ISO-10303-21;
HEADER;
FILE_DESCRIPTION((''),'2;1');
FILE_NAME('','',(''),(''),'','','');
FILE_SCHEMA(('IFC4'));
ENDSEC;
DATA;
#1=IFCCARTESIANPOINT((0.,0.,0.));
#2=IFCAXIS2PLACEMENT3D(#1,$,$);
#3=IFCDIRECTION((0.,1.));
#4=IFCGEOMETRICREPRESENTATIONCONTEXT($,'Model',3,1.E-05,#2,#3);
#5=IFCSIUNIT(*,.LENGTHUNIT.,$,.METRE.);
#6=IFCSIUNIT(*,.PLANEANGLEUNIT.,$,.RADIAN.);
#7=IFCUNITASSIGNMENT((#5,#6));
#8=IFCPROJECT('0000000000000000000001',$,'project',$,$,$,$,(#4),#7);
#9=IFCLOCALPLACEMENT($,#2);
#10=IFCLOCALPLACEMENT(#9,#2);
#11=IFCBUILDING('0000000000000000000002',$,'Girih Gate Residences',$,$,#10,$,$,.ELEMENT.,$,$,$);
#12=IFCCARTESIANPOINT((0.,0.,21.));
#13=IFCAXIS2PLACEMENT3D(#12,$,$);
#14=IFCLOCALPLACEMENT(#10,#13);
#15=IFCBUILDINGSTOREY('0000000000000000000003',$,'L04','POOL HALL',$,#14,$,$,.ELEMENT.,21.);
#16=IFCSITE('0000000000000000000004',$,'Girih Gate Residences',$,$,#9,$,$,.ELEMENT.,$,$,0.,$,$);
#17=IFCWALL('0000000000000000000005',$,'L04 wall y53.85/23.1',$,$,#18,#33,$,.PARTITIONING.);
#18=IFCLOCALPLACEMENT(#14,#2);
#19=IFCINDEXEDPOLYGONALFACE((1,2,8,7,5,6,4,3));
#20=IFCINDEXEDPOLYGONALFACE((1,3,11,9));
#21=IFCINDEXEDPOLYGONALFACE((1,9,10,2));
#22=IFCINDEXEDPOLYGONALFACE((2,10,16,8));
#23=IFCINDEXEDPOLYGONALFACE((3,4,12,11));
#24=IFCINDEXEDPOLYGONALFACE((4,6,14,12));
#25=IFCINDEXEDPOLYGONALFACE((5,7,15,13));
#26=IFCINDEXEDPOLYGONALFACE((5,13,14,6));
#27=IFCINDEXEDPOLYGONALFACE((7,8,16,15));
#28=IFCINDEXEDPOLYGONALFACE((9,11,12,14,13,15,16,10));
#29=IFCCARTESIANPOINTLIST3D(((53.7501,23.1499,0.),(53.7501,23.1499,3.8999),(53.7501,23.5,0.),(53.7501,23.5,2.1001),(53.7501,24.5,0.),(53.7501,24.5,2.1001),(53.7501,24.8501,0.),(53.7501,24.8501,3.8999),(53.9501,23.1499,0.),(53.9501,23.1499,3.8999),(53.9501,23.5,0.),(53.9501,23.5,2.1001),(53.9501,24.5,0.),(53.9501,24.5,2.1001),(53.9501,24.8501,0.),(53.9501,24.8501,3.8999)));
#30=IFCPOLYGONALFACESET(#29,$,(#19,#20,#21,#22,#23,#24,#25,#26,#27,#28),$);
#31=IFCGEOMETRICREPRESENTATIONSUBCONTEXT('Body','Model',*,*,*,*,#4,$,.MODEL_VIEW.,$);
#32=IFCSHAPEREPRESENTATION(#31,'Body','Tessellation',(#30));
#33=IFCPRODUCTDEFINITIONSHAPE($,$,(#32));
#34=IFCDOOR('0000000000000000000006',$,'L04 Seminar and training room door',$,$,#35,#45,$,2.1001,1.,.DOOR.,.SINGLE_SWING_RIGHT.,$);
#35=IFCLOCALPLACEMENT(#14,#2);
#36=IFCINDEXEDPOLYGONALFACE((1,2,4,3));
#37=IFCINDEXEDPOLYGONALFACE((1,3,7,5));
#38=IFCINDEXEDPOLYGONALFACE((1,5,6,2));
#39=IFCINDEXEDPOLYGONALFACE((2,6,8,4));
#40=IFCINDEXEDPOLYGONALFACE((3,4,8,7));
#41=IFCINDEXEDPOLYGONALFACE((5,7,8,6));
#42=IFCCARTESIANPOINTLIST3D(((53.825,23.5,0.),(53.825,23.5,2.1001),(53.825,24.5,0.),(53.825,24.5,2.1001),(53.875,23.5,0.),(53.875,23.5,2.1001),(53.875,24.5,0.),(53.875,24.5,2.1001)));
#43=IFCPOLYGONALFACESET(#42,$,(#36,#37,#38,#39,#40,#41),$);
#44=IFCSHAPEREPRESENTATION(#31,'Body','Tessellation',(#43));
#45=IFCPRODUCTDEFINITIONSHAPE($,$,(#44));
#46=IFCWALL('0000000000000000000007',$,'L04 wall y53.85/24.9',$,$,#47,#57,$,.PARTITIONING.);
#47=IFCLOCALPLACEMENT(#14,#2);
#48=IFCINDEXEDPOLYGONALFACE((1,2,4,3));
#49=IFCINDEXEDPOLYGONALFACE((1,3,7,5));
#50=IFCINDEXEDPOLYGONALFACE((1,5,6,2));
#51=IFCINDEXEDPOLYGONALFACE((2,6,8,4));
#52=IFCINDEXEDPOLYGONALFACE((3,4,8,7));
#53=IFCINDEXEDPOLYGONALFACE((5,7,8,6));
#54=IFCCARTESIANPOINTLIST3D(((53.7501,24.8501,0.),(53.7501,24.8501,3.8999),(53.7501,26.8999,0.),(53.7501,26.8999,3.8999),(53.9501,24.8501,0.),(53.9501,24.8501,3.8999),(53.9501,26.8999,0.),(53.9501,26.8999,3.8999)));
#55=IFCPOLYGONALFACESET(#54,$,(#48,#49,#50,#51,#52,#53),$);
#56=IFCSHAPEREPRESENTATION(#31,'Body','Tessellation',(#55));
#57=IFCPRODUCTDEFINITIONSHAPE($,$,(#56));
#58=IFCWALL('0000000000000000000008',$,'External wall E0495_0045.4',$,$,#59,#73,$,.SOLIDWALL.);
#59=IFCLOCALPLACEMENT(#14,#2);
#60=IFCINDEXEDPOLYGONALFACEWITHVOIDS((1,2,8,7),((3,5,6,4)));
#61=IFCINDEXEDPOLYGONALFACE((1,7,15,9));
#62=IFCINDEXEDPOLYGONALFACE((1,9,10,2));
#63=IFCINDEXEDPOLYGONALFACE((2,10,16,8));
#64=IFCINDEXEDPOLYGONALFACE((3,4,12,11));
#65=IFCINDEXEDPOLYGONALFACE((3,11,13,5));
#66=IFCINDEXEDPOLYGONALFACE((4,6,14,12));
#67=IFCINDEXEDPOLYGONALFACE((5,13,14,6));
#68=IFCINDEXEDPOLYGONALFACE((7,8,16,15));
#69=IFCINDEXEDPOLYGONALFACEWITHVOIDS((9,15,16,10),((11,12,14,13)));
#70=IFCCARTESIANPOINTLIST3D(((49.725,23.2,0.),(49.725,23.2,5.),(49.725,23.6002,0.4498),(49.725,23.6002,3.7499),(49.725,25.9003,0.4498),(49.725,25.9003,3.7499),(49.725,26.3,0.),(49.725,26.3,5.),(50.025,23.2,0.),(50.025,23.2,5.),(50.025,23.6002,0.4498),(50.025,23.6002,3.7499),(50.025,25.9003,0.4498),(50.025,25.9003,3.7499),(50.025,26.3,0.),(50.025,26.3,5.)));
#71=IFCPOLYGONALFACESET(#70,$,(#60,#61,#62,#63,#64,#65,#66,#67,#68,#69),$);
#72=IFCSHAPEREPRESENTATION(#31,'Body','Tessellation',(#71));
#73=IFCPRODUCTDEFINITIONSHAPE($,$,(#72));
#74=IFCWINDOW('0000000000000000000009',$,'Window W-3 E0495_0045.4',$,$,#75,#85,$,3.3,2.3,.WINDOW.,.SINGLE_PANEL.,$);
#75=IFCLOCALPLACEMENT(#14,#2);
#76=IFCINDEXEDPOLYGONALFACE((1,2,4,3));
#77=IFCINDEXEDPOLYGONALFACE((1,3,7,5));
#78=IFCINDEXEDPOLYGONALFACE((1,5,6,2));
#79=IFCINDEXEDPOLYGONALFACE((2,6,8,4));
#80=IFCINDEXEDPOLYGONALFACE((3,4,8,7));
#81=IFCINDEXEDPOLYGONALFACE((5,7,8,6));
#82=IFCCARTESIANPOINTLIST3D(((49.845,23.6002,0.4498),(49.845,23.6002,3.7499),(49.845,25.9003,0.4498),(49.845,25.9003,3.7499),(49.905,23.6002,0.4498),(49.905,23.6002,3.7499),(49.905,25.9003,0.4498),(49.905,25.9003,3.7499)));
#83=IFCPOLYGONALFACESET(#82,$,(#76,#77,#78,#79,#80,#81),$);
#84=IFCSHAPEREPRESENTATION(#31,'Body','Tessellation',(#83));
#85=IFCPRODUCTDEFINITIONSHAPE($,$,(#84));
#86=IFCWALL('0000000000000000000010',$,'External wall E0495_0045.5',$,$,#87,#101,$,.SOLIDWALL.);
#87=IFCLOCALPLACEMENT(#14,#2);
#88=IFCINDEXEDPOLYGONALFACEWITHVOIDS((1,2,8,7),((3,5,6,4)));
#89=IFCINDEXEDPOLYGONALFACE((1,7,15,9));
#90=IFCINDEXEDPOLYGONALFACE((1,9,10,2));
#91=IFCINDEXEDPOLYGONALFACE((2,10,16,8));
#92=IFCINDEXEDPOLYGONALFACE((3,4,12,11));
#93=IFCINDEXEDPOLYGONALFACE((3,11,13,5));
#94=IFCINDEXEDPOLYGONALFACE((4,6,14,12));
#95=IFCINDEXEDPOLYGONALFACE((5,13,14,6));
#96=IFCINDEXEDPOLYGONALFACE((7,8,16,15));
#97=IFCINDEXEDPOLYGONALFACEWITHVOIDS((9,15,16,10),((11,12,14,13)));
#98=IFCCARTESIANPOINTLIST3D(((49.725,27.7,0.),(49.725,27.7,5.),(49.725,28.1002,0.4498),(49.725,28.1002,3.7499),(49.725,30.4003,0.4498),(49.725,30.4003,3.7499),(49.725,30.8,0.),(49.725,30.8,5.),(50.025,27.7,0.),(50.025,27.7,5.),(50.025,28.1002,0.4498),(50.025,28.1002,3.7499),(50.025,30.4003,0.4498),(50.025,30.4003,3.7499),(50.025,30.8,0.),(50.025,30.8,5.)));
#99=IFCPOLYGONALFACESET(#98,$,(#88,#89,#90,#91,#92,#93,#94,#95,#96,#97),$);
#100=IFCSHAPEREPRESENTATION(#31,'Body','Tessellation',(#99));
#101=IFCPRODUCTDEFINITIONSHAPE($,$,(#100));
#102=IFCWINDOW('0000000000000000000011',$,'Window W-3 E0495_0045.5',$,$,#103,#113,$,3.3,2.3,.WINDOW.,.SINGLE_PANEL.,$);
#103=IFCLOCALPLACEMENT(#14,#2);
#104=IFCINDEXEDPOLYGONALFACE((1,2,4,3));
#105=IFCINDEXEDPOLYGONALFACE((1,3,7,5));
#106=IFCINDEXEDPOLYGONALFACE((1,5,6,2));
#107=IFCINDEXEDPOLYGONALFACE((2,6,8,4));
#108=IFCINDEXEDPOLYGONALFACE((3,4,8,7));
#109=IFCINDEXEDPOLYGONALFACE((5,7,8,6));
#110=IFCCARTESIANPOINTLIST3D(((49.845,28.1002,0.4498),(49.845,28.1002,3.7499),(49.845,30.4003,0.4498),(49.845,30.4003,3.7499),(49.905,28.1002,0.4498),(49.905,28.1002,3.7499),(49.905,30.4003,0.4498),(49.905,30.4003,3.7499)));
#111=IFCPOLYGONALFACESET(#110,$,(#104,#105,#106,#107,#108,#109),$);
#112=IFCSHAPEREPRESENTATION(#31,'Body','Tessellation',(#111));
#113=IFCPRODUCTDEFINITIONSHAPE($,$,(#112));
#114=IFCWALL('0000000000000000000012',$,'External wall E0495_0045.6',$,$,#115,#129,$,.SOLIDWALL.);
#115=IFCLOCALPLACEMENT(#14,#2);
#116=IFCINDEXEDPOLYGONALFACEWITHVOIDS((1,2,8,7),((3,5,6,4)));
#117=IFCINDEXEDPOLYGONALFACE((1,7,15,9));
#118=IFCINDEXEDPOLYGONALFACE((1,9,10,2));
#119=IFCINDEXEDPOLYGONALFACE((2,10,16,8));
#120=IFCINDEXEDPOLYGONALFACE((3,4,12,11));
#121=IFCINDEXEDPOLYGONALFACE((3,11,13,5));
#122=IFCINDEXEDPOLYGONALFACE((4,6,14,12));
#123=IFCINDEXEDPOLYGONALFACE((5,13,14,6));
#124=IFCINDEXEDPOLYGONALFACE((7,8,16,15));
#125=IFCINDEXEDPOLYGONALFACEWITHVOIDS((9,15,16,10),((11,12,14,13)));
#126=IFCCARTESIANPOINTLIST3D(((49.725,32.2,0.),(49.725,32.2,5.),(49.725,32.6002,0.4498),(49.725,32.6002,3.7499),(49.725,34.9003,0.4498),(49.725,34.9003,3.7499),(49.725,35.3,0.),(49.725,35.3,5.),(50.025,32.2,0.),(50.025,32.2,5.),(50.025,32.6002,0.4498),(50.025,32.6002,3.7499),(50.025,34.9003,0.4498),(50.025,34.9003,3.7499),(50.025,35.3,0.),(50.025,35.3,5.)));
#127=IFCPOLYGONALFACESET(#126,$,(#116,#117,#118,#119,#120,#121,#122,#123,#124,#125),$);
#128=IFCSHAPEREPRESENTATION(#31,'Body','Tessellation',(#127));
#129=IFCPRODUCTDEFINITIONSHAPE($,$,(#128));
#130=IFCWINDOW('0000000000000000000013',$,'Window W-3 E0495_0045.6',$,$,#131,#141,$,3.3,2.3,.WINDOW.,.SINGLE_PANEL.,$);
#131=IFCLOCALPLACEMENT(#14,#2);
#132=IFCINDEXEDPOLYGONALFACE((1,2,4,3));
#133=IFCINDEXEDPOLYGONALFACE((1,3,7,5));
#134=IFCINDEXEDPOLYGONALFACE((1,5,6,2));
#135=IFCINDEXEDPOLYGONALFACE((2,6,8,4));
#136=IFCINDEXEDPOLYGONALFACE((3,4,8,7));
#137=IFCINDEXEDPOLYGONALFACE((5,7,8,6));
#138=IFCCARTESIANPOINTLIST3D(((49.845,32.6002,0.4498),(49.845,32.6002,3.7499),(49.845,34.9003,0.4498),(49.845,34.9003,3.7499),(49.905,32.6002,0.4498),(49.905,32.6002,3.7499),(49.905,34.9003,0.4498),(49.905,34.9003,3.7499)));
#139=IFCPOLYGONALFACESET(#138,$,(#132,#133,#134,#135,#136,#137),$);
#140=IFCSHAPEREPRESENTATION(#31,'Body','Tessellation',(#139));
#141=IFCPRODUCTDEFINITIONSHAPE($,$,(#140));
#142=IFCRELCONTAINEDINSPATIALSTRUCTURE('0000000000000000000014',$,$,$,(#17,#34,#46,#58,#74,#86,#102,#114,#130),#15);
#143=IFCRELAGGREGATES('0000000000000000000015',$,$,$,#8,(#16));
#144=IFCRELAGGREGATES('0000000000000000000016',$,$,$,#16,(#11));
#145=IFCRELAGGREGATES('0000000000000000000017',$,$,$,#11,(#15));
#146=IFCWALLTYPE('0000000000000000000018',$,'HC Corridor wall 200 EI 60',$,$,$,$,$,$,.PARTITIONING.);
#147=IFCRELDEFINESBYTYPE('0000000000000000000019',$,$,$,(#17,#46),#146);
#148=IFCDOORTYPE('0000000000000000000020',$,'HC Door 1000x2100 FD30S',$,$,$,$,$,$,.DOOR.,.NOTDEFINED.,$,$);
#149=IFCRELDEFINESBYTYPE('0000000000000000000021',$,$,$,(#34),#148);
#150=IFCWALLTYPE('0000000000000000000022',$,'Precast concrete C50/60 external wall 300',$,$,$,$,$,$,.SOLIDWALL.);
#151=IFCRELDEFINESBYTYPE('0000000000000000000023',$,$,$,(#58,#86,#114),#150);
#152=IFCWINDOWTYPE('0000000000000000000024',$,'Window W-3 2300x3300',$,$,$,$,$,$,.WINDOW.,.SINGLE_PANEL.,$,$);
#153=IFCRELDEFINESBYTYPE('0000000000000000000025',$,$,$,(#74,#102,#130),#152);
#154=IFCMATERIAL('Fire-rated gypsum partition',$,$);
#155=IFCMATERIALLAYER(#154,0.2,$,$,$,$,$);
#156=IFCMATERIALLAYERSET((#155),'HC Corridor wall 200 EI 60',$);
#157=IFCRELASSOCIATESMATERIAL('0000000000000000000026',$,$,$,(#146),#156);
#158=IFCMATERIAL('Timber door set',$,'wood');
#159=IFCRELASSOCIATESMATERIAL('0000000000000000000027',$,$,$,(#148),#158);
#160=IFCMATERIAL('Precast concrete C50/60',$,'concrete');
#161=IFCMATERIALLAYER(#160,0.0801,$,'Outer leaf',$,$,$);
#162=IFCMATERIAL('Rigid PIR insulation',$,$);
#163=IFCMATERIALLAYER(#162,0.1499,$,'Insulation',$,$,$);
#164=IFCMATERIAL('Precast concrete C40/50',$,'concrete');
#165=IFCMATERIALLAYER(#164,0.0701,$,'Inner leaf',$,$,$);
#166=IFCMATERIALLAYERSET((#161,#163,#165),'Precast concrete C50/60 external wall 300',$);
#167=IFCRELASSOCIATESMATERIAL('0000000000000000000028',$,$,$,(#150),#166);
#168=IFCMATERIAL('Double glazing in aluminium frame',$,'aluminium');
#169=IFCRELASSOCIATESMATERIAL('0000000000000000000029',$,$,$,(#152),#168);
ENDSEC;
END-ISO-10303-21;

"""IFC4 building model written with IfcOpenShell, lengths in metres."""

from ifc_helpers import new_model, si_unit, direction, frame, frame_2d, origin, place, context, subcontext, project, spatial, rectangle, extrude, material, layer, layer_set, type_object, element, fill, save


model = new_model("IFC4")

# Units and contexts
model_context = context("Model", 3, precision=1e-05, world=origin(), true_north=direction((0.0, 1.0)))
body_context = subcontext(model_context, "Body", "Model", "MODEL_VIEW")
ifc_project = project(units=[si_unit("LENGTHUNIT", "METRE"), si_unit("PLANEANGLEUNIT", "RADIAN")], contexts=[model_context])

# Site, building, storey
site_placement = place(None, origin())
site = spatial("IfcSite", under=ifc_project, at=site_placement, Name="Girih Gate Residences", CompositionType="ELEMENT", RefElevation=0.0)
building_placement = place(site_placement, origin())
building = spatial("IfcBuilding", under=site, at=building_placement, Name="Girih Gate Residences", CompositionType="ELEMENT")
storey_placement = place(building_placement, frame((0.0, 0.0, 21.0)))
storey = spatial("IfcBuildingStorey", under=building, at=storey_placement, Name="L04", Description="POOL HALL", CompositionType="ELEMENT", Elevation=21.0)

# Wall, opening, door
ifc_material_1 = material(Name="Fire-rated gypsum partition")
ifc_layer_1 = layer(ifc_material_1, 0.2)
ifc_layer_set_1 = layer_set([ifc_layer_1], Name="HC Corridor wall 200 EI 60")
wall_type_1 = type_object("IfcWallType", Name="HC Corridor wall 200 EI 60", PredefinedType="PARTITIONING", material=ifc_layer_set_1)
wall_1_placement = place(storey_placement, frame((53.8501, 24.8501, 0.0), z_axis=(0.0, 0.0, 1.0), x_axis=(0.0, -1.0, 0.0)))
wall_1 = element("IfcWall", 1, at=wall_1_placement, inside=storey, type_object=wall_type_1, Name="L04 wall y53.85/23.1", PredefinedType="PARTITIONING", context=body_context, shape_type="SweptSolid", body=[
    extrude(rectangle(XDim=1.7002, YDim=0.2, at=frame_2d((0.8501, 0.0))), origin(), (0.0, 0.0, 1.0), 3.8999),
])
opening_1_placement = place(wall_1_placement, frame((0.3501, 0.0, 0.0)))
opening_1 = element("IfcOpeningElement", 2, at=opening_1_placement, cuts=wall_1, PredefinedType="OPENING", context=body_context, shape_type="SweptSolid", body=[
    extrude(rectangle(XDim=1.0, YDim=2.1001, at=frame_2d((0.5, 1.05))), frame((0.0, 0.1099, 0.0), z_axis=(0.0, -1.0, 0.0), x_axis=(1.0, 0.0, 0.0)), (0.0, 0.0, 1.0), 0.22),
])
ifc_material_2 = material(Name="Timber door set", Category="wood")
door_type_1 = type_object("IfcDoorType", Name="HC Door 1000x2100 FD30S", OperationType="NOTDEFINED", PredefinedType="DOOR", material=ifc_material_2)
door_1_placement = place(opening_1_placement, origin())
door_1 = element("IfcDoor", 3, at=door_1_placement, inside=storey, type_object=door_type_1, Name="L04 Seminar and training room door", OperationType="SINGLE_SWING_RIGHT", OverallHeight=2.1001, OverallWidth=1.0, PredefinedType="DOOR", context=body_context, shape_type="SweptSolid", body=[
    extrude(rectangle(XDim=1.0, YDim=2.1001, at=frame_2d((0.5, 1.05))), frame((0.0, 0.0249, 0.0), z_axis=(0.0, -1.0, 0.0), x_axis=(1.0, 0.0, 0.0)), (0.0, 0.0, 1.0), 0.05),
])
fill(opening_1, door_1)

# Wall
wall_2_placement = place(storey_placement, frame((53.8501, 24.8501, 0.0), z_axis=(0.0, 0.0, 1.0), x_axis=(0.0, 1.0, 0.0)))
element("IfcWall", 4, at=wall_2_placement, inside=storey, type_object=wall_type_1, Name="L04 wall y53.85/24.9", PredefinedType="PARTITIONING", context=body_context, shape_type="SweptSolid", body=[
    extrude(rectangle(XDim=2.0498, YDim=0.2, at=frame_2d((1.0249, 0.0))), origin(), (0.0, 0.0, 1.0), 3.8999),
])

# Walls, openings, windows
ifc_material_3 = material(Name="Precast concrete C50/60", Category="concrete")
ifc_layer_2 = layer(ifc_material_3, 0.0801, Name="Outer leaf")
ifc_material_4 = material(Name="Rigid PIR insulation")
ifc_layer_3 = layer(ifc_material_4, 0.1499, Name="Insulation")
ifc_material_5 = material(Name="Precast concrete C40/50", Category="concrete")
ifc_layer_4 = layer(ifc_material_5, 0.0701, Name="Inner leaf")
ifc_layer_set_2 = layer_set([ifc_layer_2, ifc_layer_3, ifc_layer_4], Name="Precast concrete C50/60 external wall 300")
wall_type_2 = type_object("IfcWallType", Name="Precast concrete C50/60 external wall 300", PredefinedType="SOLIDWALL", material=ifc_layer_set_2)
wall_3_placement = place(storey_placement, frame((49.875, 26.3, 0.0), z_axis=(0.0, 0.0, 1.0), x_axis=(0.0, -1.0, 0.0)))
wall_3 = element("IfcWall", 5, at=wall_3_placement, inside=storey, type_object=wall_type_2, Name="External wall E0495_0045.4", PredefinedType="SOLIDWALL", context=body_context, shape_type="SweptSolid", body=[
    extrude(rectangle(XDim=3.1001, YDim=0.3, at=frame_2d((1.55, 0.0))), origin(), (0.0, 0.0, 1.0), 5.0),
])
opening_2_placement = place(wall_3_placement, frame((0.3999, 0.0, 0.45)))
opening_2 = element("IfcOpeningElement", 6, at=opening_2_placement, cuts=wall_3, PredefinedType="OPENING", context=body_context, shape_type="SweptSolid", body=[
    extrude(rectangle(XDim=2.3, YDim=3.3, at=frame_2d((1.1499, 1.6499))), frame((0.0, 0.1599, 0.0), z_axis=(0.0, -1.0, 0.0), x_axis=(1.0, 0.0, 0.0)), (0.0, 0.0, 1.0), 0.3201),
])
ifc_material_6 = material(Name="Double glazing in aluminium frame", Category="aluminium")
window_type = type_object("IfcWindowType", Name="Window W-3 2300x3300", PartitioningType="SINGLE_PANEL", PredefinedType="WINDOW", material=ifc_material_6)
window_1_placement = place(opening_2_placement, origin())
window_1 = element("IfcWindow", 7, at=window_1_placement, inside=storey, type_object=window_type, Name="Window W-3 E0495_0045.4", OverallHeight=3.3, OverallWidth=2.3, PartitioningType="SINGLE_PANEL", PredefinedType="WINDOW", context=body_context, shape_type="SweptSolid", body=[
    extrude(rectangle(XDim=2.3, YDim=3.3, at=frame_2d((1.1499, 1.6499))), frame((0.0, 0.03, 0.0), z_axis=(0.0, -1.0, 0.0), x_axis=(1.0, 0.0, 0.0)), (0.0, 0.0, 1.0), 0.0601),
])
fill(opening_2, window_1)
wall_4_placement = place(storey_placement, frame((49.875, 30.8, 0.0), z_axis=(0.0, 0.0, 1.0), x_axis=(0.0, -1.0, 0.0)))
wall_4 = element("IfcWall", 8, at=wall_4_placement, inside=storey, type_object=wall_type_2, Name="External wall E0495_0045.5", PredefinedType="SOLIDWALL", context=body_context, shape_type="SweptSolid", body=[
    extrude(rectangle(XDim=3.1001, YDim=0.3, at=frame_2d((1.55, 0.0))), origin(), (0.0, 0.0, 1.0), 5.0),
])
opening_3_placement = place(wall_4_placement, frame((0.3999, 0.0, 0.45)))
opening_3 = element("IfcOpeningElement", 9, at=opening_3_placement, cuts=wall_4, PredefinedType="OPENING", context=body_context, shape_type="SweptSolid", body=[
    extrude(rectangle(XDim=2.3, YDim=3.3, at=frame_2d((1.1499, 1.6499))), frame((0.0, 0.1599, 0.0), z_axis=(0.0, -1.0, 0.0), x_axis=(1.0, 0.0, 0.0)), (0.0, 0.0, 1.0), 0.3201),
])
window_2_placement = place(opening_3_placement, origin())
window_2 = element("IfcWindow", 10, at=window_2_placement, inside=storey, type_object=window_type, Name="Window W-3 E0495_0045.5", OverallHeight=3.3, OverallWidth=2.3, PartitioningType="SINGLE_PANEL", PredefinedType="WINDOW", context=body_context, shape_type="SweptSolid", body=[
    extrude(rectangle(XDim=2.3, YDim=3.3, at=frame_2d((1.1499, 1.6499))), frame((0.0, 0.03, 0.0), z_axis=(0.0, -1.0, 0.0), x_axis=(1.0, 0.0, 0.0)), (0.0, 0.0, 1.0), 0.0601),
])
fill(opening_3, window_2)
wall_5_placement = place(storey_placement, frame((49.875, 35.3, 0.0), z_axis=(0.0, 0.0, 1.0), x_axis=(0.0, -1.0, 0.0)))
wall_5 = element("IfcWall", 11, at=wall_5_placement, inside=storey, type_object=wall_type_2, Name="External wall E0495_0045.6", PredefinedType="SOLIDWALL", context=body_context, shape_type="SweptSolid", body=[
    extrude(rectangle(XDim=3.1001, YDim=0.3, at=frame_2d((1.55, 0.0))), origin(), (0.0, 0.0, 1.0), 5.0),
])
opening_4_placement = place(wall_5_placement, frame((0.3999, 0.0, 0.45)))
opening_4 = element("IfcOpeningElement", 12, at=opening_4_placement, cuts=wall_5, PredefinedType="OPENING", context=body_context, shape_type="SweptSolid", body=[
    extrude(rectangle(XDim=2.3, YDim=3.3, at=frame_2d((1.1499, 1.6499))), frame((0.0, 0.1599, 0.0), z_axis=(0.0, -1.0, 0.0), x_axis=(1.0, 0.0, 0.0)), (0.0, 0.0, 1.0), 0.3201),
])
window_3_placement = place(opening_4_placement, origin())
window_3 = element("IfcWindow", 13, at=window_3_placement, inside=storey, type_object=window_type, Name="Window W-3 E0495_0045.6", OverallHeight=3.3, OverallWidth=2.3, PartitioningType="SINGLE_PANEL", PredefinedType="WINDOW", context=body_context, shape_type="SweptSolid", body=[
    extrude(rectangle(XDim=2.3, YDim=3.3, at=frame_2d((1.1499, 1.6499))), frame((0.0, 0.03, 0.0), z_axis=(0.0, -1.0, 0.0), x_axis=(1.0, 0.0, 0.0)), (0.0, 0.0, 1.0), 0.0601),
])
fill(opening_4, window_3)

save(model, "model.ifc")
